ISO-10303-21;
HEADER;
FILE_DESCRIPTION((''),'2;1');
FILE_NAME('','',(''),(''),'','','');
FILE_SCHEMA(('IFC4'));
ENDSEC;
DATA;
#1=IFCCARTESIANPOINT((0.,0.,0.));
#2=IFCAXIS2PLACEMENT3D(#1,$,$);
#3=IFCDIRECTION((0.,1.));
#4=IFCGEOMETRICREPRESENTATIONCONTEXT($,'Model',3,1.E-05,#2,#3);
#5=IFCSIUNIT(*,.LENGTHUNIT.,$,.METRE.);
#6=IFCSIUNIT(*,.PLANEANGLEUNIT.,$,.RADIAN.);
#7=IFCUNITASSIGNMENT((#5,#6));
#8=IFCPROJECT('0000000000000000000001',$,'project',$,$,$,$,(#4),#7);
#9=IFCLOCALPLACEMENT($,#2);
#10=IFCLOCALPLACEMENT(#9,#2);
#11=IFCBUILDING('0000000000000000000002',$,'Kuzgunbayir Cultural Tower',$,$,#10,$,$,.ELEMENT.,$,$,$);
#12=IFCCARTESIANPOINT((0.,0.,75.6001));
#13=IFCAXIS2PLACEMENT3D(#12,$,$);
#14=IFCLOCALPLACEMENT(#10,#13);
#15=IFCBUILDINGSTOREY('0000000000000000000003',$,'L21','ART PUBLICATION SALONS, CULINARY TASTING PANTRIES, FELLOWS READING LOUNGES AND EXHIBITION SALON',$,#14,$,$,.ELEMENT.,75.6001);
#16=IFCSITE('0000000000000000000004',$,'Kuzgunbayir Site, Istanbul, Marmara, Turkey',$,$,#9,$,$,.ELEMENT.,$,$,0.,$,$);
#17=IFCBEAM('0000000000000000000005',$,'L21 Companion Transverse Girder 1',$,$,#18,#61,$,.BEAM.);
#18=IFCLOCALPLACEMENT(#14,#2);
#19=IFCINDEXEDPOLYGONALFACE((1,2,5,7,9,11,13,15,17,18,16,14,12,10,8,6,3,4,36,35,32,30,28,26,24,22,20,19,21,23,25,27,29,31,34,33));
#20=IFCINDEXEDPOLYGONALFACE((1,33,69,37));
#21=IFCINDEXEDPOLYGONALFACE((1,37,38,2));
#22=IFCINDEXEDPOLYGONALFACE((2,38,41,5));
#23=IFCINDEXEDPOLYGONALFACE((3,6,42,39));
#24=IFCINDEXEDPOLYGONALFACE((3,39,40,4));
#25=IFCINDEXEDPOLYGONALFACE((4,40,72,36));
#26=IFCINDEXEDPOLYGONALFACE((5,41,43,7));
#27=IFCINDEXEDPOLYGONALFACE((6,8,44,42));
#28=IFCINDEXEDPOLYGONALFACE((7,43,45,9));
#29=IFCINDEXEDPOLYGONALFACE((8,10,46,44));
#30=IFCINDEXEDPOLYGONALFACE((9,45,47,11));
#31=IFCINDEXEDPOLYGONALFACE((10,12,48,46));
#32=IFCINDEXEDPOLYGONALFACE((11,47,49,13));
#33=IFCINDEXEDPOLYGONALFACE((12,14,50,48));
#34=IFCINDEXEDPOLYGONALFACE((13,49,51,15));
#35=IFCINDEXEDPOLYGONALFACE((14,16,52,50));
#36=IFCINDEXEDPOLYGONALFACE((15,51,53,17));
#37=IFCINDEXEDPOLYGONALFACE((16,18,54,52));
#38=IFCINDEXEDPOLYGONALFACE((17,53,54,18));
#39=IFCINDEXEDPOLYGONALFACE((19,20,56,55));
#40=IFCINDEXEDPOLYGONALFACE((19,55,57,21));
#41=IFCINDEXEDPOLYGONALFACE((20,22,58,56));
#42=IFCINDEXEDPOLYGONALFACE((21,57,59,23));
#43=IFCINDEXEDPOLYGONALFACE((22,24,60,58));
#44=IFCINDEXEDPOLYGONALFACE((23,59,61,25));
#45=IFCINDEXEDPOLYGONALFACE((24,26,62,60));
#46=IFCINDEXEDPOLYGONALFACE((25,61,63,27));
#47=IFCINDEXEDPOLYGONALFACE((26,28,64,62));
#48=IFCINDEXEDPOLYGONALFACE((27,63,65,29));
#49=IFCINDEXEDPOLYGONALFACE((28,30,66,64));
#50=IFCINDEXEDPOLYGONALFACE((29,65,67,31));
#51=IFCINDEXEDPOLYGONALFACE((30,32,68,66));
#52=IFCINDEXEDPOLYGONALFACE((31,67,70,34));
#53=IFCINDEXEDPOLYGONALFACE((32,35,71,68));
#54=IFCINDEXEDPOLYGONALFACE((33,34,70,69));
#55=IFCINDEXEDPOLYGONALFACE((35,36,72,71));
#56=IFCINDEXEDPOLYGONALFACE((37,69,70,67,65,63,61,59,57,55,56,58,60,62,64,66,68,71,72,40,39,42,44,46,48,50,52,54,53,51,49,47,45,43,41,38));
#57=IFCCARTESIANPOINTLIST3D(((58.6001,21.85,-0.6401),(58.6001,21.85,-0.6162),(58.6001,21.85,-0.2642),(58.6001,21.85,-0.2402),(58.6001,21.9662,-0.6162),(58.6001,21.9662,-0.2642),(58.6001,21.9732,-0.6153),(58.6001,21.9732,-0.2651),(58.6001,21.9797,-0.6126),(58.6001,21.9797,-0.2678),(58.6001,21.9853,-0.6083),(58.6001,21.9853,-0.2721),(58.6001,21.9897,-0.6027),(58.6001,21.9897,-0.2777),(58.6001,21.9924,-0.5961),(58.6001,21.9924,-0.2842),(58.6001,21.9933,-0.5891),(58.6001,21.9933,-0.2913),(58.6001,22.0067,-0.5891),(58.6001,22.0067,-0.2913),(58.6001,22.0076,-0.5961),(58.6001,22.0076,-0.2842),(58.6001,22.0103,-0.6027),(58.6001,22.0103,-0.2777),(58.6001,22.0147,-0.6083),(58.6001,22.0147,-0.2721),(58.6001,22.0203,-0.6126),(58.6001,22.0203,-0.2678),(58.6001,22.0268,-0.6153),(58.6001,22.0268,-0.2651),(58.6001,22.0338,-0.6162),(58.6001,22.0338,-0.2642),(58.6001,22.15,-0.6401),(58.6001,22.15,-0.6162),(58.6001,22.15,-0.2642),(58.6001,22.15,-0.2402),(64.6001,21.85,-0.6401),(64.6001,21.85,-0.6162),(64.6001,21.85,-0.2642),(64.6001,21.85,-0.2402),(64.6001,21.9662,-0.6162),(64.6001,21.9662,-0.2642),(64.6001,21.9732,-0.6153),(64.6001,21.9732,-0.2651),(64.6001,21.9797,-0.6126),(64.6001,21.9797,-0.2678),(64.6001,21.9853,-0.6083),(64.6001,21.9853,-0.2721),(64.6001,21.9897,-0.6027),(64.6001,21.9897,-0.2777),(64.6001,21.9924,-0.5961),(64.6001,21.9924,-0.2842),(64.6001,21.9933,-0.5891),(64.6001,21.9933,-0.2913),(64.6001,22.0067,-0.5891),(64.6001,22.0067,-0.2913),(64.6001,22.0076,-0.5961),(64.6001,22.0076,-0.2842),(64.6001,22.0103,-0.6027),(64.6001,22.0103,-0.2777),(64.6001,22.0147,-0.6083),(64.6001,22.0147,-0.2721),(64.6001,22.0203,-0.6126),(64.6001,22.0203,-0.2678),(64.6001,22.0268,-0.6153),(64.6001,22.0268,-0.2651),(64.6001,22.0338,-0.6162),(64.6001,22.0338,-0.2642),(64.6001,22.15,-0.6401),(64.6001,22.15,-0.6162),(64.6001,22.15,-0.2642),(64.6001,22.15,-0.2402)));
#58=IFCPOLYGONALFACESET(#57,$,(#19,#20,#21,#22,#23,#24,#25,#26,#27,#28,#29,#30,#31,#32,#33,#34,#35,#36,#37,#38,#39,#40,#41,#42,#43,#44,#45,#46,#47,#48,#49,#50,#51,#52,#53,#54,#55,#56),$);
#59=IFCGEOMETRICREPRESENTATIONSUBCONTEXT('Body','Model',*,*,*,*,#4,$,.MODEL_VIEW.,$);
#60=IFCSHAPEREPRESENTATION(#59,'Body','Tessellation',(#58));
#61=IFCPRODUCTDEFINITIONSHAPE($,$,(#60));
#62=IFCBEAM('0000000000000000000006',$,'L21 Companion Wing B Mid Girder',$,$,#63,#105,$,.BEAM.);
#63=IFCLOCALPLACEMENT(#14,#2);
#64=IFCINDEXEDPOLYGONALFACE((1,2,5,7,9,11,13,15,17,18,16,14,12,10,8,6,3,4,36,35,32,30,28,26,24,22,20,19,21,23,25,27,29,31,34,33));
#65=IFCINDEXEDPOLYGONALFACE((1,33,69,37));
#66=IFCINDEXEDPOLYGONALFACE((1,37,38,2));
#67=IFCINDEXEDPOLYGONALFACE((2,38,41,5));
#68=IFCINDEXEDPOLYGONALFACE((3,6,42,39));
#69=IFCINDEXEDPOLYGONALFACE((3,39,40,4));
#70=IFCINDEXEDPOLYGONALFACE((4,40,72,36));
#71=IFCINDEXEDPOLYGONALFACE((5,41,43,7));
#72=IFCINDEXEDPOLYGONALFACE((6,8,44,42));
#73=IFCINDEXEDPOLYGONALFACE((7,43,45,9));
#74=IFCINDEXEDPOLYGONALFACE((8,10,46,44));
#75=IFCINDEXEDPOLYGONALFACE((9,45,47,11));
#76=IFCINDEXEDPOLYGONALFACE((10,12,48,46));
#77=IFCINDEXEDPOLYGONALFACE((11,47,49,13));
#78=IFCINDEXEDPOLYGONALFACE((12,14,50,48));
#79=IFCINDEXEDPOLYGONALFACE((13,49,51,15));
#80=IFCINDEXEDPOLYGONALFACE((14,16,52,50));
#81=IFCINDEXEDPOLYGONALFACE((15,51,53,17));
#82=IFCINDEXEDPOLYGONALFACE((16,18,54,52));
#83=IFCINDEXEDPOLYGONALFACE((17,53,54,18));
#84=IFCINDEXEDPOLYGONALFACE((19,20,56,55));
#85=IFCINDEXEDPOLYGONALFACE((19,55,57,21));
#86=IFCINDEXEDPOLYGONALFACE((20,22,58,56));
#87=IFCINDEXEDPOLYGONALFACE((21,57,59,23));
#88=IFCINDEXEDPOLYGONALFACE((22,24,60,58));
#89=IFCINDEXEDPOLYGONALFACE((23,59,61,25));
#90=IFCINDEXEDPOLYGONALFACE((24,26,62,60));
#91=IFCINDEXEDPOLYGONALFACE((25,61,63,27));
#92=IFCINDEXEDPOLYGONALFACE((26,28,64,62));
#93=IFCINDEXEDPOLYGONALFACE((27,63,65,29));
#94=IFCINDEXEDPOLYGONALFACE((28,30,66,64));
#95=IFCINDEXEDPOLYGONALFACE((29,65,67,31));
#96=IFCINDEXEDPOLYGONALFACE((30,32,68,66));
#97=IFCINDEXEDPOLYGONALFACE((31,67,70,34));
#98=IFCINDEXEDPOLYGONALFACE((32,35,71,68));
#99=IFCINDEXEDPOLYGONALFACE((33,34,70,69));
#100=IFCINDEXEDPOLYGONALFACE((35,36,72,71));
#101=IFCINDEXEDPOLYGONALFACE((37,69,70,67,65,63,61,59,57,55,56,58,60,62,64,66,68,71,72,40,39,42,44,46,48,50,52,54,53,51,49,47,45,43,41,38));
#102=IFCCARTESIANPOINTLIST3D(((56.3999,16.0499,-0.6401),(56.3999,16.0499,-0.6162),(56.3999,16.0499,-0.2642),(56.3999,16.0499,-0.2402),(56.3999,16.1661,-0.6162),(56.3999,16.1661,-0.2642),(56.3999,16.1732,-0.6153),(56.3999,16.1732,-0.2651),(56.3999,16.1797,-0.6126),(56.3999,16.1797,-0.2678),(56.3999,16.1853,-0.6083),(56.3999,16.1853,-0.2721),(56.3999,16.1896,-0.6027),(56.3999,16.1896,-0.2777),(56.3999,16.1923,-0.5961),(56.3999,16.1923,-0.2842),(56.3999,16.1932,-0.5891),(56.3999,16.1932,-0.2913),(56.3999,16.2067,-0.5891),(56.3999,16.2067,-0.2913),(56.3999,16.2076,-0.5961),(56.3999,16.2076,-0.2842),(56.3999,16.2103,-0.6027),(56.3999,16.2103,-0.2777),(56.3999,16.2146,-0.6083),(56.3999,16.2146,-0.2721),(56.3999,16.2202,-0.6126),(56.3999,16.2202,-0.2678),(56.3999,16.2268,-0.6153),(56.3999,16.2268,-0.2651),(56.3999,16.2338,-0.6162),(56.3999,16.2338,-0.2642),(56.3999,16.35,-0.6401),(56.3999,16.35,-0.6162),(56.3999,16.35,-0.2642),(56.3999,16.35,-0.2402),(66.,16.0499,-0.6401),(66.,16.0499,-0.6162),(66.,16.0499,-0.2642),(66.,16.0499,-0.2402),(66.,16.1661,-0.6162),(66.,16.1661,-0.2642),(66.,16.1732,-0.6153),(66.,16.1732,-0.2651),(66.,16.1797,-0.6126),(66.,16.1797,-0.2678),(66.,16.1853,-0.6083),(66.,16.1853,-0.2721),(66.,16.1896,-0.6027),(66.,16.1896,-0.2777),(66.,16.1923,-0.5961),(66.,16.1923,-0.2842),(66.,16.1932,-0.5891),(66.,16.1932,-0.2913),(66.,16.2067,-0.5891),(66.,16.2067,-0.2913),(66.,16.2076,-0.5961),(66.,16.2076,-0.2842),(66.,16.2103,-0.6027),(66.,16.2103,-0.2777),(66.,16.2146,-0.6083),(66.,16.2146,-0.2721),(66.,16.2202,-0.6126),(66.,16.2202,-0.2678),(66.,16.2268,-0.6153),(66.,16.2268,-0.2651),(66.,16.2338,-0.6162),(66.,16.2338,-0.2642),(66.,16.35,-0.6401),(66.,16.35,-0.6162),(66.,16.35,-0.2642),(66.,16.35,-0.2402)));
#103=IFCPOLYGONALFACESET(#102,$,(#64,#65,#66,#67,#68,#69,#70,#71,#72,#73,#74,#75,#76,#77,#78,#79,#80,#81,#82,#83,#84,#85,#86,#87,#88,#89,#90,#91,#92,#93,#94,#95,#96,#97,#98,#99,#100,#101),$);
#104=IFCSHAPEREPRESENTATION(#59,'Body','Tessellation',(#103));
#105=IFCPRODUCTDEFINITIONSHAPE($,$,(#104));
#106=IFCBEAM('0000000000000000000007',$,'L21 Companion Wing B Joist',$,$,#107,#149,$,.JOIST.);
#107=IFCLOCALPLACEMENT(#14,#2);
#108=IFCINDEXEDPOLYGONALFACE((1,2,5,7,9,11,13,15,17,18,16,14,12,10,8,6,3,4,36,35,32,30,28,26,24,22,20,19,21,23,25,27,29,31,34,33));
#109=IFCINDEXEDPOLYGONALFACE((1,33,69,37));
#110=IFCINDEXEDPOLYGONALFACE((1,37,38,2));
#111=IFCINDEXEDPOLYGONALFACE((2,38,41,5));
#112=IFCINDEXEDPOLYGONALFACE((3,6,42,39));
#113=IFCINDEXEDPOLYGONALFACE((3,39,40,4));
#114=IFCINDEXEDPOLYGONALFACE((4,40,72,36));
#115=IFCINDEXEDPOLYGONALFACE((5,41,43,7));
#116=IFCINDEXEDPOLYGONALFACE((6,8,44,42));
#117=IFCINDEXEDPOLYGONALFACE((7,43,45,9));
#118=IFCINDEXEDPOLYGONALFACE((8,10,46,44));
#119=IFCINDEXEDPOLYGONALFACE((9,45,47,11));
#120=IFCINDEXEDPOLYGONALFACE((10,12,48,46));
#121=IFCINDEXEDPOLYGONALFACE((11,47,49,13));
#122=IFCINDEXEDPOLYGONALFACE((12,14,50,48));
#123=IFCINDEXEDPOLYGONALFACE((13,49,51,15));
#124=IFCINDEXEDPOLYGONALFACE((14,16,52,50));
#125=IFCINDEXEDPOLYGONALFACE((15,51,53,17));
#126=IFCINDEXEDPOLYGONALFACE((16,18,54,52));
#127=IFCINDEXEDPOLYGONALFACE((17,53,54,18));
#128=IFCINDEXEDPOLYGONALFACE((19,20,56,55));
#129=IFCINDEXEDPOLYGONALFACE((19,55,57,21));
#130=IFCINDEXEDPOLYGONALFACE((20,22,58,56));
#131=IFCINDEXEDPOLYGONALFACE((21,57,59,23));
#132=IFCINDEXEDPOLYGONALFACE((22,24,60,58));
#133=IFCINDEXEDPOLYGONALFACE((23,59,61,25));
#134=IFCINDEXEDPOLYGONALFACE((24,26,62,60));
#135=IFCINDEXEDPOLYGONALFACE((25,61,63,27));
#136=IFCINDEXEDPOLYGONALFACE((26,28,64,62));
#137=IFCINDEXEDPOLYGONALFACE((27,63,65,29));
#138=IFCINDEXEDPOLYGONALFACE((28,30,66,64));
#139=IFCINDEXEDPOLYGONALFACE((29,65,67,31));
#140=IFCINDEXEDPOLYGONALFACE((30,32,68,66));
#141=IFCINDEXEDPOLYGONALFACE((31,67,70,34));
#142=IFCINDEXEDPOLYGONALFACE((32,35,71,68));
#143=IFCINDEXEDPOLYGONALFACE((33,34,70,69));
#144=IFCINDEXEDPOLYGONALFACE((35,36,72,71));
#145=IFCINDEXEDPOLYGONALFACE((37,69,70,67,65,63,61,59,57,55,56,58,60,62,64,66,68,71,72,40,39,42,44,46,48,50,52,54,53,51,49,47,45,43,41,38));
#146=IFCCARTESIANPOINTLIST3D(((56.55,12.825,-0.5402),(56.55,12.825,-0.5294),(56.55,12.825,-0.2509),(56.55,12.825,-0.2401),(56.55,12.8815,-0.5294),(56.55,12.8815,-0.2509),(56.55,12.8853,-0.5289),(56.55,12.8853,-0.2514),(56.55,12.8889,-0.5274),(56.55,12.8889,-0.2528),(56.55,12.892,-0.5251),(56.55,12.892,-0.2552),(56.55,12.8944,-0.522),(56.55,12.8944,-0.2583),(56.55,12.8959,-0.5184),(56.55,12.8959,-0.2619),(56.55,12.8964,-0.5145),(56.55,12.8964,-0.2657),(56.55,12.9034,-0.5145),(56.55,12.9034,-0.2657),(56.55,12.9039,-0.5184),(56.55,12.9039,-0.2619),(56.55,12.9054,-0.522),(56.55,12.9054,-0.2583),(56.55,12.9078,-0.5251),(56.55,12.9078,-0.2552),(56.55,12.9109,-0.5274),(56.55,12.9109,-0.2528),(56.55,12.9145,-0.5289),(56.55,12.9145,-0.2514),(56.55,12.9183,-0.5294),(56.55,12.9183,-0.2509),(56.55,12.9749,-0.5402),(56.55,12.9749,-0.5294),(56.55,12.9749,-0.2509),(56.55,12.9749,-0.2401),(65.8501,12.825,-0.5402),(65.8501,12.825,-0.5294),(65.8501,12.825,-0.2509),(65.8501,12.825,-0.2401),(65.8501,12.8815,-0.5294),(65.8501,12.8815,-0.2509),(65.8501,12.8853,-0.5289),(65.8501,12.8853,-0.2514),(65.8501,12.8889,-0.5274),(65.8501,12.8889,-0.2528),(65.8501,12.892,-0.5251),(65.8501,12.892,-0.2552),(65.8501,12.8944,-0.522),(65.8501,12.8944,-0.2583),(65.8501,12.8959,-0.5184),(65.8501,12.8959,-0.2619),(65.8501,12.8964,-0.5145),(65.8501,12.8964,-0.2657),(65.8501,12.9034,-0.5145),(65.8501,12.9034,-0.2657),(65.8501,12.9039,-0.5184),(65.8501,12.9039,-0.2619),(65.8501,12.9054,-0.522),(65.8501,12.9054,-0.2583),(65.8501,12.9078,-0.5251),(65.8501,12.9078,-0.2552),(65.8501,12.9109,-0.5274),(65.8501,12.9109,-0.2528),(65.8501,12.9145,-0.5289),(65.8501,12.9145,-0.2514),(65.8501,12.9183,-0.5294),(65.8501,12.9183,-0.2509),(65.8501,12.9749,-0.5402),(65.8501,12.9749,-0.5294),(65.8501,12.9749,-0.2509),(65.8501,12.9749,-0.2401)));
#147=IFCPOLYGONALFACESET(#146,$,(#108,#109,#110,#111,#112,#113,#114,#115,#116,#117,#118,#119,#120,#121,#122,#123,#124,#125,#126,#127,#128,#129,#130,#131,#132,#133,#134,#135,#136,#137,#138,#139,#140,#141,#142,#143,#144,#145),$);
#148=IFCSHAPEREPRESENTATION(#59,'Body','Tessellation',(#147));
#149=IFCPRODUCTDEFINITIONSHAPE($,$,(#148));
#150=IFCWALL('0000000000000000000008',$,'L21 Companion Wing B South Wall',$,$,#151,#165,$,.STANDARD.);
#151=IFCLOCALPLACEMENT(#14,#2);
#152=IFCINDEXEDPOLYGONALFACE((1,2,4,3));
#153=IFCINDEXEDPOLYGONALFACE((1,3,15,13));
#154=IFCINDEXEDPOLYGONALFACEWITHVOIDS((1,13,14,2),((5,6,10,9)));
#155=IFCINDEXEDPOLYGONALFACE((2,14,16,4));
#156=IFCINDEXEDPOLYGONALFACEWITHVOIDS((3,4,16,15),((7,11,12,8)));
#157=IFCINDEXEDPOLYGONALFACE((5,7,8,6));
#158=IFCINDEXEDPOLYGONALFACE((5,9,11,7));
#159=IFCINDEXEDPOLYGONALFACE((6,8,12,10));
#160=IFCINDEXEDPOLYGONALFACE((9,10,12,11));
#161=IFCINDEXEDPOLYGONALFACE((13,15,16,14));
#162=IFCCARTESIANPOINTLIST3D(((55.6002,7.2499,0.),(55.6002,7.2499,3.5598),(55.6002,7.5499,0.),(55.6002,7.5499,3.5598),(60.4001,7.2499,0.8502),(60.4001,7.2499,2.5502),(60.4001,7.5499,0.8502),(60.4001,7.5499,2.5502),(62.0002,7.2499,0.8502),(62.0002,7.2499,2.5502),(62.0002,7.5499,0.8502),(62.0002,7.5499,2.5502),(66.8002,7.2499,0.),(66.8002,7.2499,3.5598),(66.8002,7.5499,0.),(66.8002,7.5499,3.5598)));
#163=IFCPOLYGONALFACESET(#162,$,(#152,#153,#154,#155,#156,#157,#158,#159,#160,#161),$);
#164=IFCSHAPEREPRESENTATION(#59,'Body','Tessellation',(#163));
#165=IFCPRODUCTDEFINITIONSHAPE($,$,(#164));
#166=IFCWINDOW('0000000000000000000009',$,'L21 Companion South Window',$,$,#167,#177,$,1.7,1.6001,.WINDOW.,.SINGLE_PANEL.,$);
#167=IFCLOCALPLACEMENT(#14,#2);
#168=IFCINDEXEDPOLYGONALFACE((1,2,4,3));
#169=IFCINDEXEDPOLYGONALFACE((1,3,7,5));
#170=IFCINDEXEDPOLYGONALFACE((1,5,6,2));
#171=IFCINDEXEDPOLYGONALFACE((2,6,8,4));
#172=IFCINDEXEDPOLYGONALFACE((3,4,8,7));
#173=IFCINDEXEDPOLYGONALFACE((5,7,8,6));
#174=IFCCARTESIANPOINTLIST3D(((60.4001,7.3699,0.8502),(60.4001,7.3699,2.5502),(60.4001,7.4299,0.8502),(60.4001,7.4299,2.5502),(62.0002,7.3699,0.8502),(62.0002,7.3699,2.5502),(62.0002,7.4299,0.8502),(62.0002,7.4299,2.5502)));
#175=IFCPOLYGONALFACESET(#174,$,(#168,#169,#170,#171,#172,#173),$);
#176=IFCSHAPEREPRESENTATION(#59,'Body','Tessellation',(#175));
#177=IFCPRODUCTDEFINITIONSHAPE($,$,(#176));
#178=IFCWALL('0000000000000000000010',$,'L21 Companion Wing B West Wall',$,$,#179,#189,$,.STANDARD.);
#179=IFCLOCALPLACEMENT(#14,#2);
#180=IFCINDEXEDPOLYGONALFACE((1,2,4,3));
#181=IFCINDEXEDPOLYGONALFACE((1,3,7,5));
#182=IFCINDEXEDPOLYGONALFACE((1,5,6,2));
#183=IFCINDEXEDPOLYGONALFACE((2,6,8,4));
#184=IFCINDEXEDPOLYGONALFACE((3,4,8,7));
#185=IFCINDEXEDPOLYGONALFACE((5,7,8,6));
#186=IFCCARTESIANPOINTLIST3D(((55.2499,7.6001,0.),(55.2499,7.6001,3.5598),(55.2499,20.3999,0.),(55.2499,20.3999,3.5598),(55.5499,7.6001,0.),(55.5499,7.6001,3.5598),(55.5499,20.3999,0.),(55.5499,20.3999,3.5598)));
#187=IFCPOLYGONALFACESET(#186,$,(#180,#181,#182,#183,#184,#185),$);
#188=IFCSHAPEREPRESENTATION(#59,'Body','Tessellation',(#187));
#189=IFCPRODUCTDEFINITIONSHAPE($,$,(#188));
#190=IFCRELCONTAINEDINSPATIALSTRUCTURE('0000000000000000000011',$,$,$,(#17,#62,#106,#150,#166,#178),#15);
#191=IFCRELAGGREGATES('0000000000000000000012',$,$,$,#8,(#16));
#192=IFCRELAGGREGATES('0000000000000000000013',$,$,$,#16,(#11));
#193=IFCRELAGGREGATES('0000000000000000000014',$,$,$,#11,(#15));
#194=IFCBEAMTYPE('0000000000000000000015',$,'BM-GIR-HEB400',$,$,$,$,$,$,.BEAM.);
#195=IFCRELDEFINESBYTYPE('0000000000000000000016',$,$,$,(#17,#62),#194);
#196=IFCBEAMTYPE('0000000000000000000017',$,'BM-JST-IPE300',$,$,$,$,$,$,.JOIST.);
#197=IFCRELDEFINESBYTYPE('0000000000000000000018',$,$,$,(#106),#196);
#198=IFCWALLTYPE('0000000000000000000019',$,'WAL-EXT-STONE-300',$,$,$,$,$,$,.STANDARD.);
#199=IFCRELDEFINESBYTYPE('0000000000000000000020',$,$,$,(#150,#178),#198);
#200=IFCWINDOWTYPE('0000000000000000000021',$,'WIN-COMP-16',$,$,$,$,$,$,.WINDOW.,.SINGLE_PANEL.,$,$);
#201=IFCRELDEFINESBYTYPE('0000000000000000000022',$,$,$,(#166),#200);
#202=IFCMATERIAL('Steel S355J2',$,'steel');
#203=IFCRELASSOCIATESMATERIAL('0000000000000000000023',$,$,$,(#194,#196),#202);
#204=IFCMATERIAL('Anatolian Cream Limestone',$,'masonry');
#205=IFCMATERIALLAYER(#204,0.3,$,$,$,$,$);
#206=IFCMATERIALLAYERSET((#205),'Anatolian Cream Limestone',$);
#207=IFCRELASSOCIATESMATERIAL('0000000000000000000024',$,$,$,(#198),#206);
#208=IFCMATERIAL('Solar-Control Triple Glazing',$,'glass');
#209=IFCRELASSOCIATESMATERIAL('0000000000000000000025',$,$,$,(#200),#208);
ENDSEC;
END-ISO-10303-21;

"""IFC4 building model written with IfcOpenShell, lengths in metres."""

from ifc_helpers import new_model, si_unit, direction, frame, frame_2d, origin, origin_2d, place, context, subcontext, project, spatial, rectangle, i_section, extrude, material, layer, layer_set, material_profile, profile_set, type_object, element, fill, save


model = new_model("IFC4")

# Units and contexts
model_context = context("Model", 3, precision=1e-05, world=origin(), true_north=direction((0.0, 1.0)))
body_context = subcontext(model_context, "Body", "Model", "MODEL_VIEW")
ifc_project = project(units=[si_unit("LENGTHUNIT", "METRE"), si_unit("PLANEANGLEUNIT", "RADIAN")], contexts=[model_context])

# Site, building, storey
site_placement = place(None, origin())
site = spatial("IfcSite", under=ifc_project, at=site_placement, Name="Kuzgunbayir Site, Istanbul, Marmara, Turkey", CompositionType="ELEMENT", RefElevation=0.0)
building_placement = place(site_placement, origin())
building = spatial("IfcBuilding", under=site, at=building_placement, Name="Kuzgunbayir Cultural Tower", CompositionType="ELEMENT")
storey_placement = place(building_placement, frame((0.0, 0.0, 75.6001)))
storey = spatial("IfcBuildingStorey", under=building, at=storey_placement, Name="L21", Description="ART PUBLICATION SALONS, CULINARY TASTING PANTRIES, FELLOWS READING LOUNGES AND EXHIBITION SALON", CompositionType="ELEMENT", Elevation=75.6001)

# Beams
ifc_material_1 = material(Name="Steel S355J2", Category="steel")
ifc_material_profile_1 = material_profile(ifc_material_1, i_section(OverallWidth=0.3, OverallDepth=0.3999, WebThickness=0.0134, FlangeThickness=0.0239, FilletRadius=0.0271, at=origin_2d()), Name="HEB 400")
ifc_profile_set_1 = profile_set([ifc_material_profile_1], Name="Steel S355J2")
beam_type_1 = type_object("IfcBeamType", Name="BM-GIR-HEB400", PredefinedType="BEAM", material=ifc_profile_set_1)
beam_1_placement = place(storey_placement, frame((58.6001, 22.0, -0.4402), z_axis=(1.0, 0.0, 0.0), x_axis=(0.0, 1.0, 0.0)))
element("IfcBeam", 1, at=beam_1_placement, inside=storey, type_object=beam_type_1, Name="L21 Companion Transverse Girder 1", PredefinedType="BEAM", context=body_context, shape_type="SweptSolid", body=[
    extrude(i_section(OverallWidth=0.3, OverallDepth=0.3999, WebThickness=0.0134, FlangeThickness=0.0239, FilletRadius=0.0271, at=origin_2d()), origin(), (0.0, 0.0, 1.0), 6.0),
])
beam_2_placement = place(storey_placement, frame((56.3999, 16.2, -0.4402), z_axis=(1.0, 0.0, 0.0), x_axis=(0.0, 1.0, 0.0)))
element("IfcBeam", 2, at=beam_2_placement, inside=storey, type_object=beam_type_1, Name="L21 Companion Wing B Mid Girder", PredefinedType="BEAM", context=body_context, shape_type="SweptSolid", body=[
    extrude(i_section(OverallWidth=0.3, OverallDepth=0.3999, WebThickness=0.0134, FlangeThickness=0.0239, FilletRadius=0.0271, at=origin_2d()), origin(), (0.0, 0.0, 1.0), 9.6001),
])
ifc_material_profile_2 = material_profile(ifc_material_1, i_section(OverallWidth=0.1499, OverallDepth=0.3, WebThickness=0.0071, FlangeThickness=0.0107, FilletRadius=0.0149, at=origin_2d()), Name="IPE 300")
ifc_profile_set_2 = profile_set([ifc_material_profile_2], Name="Steel S355J2")
beam_type_2 = type_object("IfcBeamType", Name="BM-JST-IPE300", PredefinedType="JOIST", material=ifc_profile_set_2)
beam_3_placement = place(storey_placement, frame((56.55, 12.8999, -0.3901), z_axis=(1.0, 0.0, 0.0), x_axis=(0.0, 1.0, 0.0)))
element("IfcBeam", 3, at=beam_3_placement, inside=storey, type_object=beam_type_2, Name="L21 Companion Wing B Joist", PredefinedType="JOIST", context=body_context, shape_type="SweptSolid", body=[
    extrude(i_section(OverallWidth=0.1499, OverallDepth=0.3, WebThickness=0.0071, FlangeThickness=0.0107, FilletRadius=0.0149, at=origin_2d()), origin(), (0.0, 0.0, 1.0), 9.3),
])

# Wall, opening, window
ifc_material_2 = material(Name="Anatolian Cream Limestone", Category="masonry")
ifc_layer_1 = layer(ifc_material_2, 0.3)
ifc_layer_set_1 = layer_set([ifc_layer_1], Name="Anatolian Cream Limestone")
wall_type_1 = type_object("IfcWallType", Name="WAL-EXT-STONE-300", PredefinedType="STANDARD", material=ifc_layer_set_1)
wall_1_placement = place(storey_placement, frame((55.6001, 7.3999, 0.0), z_axis=(0.0, 0.0, 1.0), x_axis=(1.0, 0.0, 0.0)))
wall_1 = element("IfcWall", 4, at=wall_1_placement, inside=storey, type_object=wall_type_1, Name="L21 Companion Wing B South Wall", PredefinedType="STANDARD", context=body_context, shape_type="SweptSolid", body=[
    extrude(rectangle(XDim=11.2, YDim=0.3, at=frame_2d((5.6001, 0.0))), origin(), (0.0, 0.0, 1.0), 3.5598),
])
opening_1_placement = place(wall_1_placement, frame((4.8, 0.0, 0.8501)))
opening_1 = element("IfcOpeningElement", 5, at=opening_1_placement, cuts=wall_1, PredefinedType="OPENING", context=body_context, shape_type="SweptSolid", body=[
    extrude(rectangle(XDim=1.6001, YDim=1.7, at=frame_2d((0.8, 0.8501))), frame((0.0, 0.1602, 0.0), z_axis=(0.0, -1.0, 0.0), x_axis=(1.0, 0.0, 0.0)), (0.0, 0.0, 1.0), 0.3201),
])
ifc_material_3 = material(Name="Solar-Control Triple Glazing", Category="glass")
window_type = type_object("IfcWindowType", Name="WIN-COMP-16", PartitioningType="SINGLE_PANEL", PredefinedType="WINDOW", material=ifc_material_3)
window_placement = place(opening_1_placement, origin())
window = element("IfcWindow", 6, at=window_placement, inside=storey, type_object=window_type, Name="L21 Companion South Window", OverallHeight=1.7, OverallWidth=1.6001, PartitioningType="SINGLE_PANEL", PredefinedType="WINDOW", context=body_context, shape_type="SweptSolid", body=[
    extrude(rectangle(XDim=1.6001, YDim=1.7, at=frame_2d((0.8, 0.8501))), frame((0.0, 0.03, 0.0), z_axis=(0.0, -1.0, 0.0), x_axis=(1.0, 0.0, 0.0)), (0.0, 0.0, 1.0), 0.0601),
])
fill(opening_1, window)

# Wall
wall_2_placement = place(storey_placement, frame((55.3999, 20.3999, 0.0), z_axis=(0.0, 0.0, 1.0), x_axis=(0.0, -1.0, 0.0)))
element("IfcWall", 7, at=wall_2_placement, inside=storey, type_object=wall_type_1, Name="L21 Companion Wing B West Wall", PredefinedType="STANDARD", context=body_context, shape_type="SweptSolid", body=[
    extrude(rectangle(XDim=12.7998, YDim=0.3, at=frame_2d((6.3999, 0.0))), origin(), (0.0, 0.0, 1.0), 3.5598),
])

save(model, "model.ifc")
